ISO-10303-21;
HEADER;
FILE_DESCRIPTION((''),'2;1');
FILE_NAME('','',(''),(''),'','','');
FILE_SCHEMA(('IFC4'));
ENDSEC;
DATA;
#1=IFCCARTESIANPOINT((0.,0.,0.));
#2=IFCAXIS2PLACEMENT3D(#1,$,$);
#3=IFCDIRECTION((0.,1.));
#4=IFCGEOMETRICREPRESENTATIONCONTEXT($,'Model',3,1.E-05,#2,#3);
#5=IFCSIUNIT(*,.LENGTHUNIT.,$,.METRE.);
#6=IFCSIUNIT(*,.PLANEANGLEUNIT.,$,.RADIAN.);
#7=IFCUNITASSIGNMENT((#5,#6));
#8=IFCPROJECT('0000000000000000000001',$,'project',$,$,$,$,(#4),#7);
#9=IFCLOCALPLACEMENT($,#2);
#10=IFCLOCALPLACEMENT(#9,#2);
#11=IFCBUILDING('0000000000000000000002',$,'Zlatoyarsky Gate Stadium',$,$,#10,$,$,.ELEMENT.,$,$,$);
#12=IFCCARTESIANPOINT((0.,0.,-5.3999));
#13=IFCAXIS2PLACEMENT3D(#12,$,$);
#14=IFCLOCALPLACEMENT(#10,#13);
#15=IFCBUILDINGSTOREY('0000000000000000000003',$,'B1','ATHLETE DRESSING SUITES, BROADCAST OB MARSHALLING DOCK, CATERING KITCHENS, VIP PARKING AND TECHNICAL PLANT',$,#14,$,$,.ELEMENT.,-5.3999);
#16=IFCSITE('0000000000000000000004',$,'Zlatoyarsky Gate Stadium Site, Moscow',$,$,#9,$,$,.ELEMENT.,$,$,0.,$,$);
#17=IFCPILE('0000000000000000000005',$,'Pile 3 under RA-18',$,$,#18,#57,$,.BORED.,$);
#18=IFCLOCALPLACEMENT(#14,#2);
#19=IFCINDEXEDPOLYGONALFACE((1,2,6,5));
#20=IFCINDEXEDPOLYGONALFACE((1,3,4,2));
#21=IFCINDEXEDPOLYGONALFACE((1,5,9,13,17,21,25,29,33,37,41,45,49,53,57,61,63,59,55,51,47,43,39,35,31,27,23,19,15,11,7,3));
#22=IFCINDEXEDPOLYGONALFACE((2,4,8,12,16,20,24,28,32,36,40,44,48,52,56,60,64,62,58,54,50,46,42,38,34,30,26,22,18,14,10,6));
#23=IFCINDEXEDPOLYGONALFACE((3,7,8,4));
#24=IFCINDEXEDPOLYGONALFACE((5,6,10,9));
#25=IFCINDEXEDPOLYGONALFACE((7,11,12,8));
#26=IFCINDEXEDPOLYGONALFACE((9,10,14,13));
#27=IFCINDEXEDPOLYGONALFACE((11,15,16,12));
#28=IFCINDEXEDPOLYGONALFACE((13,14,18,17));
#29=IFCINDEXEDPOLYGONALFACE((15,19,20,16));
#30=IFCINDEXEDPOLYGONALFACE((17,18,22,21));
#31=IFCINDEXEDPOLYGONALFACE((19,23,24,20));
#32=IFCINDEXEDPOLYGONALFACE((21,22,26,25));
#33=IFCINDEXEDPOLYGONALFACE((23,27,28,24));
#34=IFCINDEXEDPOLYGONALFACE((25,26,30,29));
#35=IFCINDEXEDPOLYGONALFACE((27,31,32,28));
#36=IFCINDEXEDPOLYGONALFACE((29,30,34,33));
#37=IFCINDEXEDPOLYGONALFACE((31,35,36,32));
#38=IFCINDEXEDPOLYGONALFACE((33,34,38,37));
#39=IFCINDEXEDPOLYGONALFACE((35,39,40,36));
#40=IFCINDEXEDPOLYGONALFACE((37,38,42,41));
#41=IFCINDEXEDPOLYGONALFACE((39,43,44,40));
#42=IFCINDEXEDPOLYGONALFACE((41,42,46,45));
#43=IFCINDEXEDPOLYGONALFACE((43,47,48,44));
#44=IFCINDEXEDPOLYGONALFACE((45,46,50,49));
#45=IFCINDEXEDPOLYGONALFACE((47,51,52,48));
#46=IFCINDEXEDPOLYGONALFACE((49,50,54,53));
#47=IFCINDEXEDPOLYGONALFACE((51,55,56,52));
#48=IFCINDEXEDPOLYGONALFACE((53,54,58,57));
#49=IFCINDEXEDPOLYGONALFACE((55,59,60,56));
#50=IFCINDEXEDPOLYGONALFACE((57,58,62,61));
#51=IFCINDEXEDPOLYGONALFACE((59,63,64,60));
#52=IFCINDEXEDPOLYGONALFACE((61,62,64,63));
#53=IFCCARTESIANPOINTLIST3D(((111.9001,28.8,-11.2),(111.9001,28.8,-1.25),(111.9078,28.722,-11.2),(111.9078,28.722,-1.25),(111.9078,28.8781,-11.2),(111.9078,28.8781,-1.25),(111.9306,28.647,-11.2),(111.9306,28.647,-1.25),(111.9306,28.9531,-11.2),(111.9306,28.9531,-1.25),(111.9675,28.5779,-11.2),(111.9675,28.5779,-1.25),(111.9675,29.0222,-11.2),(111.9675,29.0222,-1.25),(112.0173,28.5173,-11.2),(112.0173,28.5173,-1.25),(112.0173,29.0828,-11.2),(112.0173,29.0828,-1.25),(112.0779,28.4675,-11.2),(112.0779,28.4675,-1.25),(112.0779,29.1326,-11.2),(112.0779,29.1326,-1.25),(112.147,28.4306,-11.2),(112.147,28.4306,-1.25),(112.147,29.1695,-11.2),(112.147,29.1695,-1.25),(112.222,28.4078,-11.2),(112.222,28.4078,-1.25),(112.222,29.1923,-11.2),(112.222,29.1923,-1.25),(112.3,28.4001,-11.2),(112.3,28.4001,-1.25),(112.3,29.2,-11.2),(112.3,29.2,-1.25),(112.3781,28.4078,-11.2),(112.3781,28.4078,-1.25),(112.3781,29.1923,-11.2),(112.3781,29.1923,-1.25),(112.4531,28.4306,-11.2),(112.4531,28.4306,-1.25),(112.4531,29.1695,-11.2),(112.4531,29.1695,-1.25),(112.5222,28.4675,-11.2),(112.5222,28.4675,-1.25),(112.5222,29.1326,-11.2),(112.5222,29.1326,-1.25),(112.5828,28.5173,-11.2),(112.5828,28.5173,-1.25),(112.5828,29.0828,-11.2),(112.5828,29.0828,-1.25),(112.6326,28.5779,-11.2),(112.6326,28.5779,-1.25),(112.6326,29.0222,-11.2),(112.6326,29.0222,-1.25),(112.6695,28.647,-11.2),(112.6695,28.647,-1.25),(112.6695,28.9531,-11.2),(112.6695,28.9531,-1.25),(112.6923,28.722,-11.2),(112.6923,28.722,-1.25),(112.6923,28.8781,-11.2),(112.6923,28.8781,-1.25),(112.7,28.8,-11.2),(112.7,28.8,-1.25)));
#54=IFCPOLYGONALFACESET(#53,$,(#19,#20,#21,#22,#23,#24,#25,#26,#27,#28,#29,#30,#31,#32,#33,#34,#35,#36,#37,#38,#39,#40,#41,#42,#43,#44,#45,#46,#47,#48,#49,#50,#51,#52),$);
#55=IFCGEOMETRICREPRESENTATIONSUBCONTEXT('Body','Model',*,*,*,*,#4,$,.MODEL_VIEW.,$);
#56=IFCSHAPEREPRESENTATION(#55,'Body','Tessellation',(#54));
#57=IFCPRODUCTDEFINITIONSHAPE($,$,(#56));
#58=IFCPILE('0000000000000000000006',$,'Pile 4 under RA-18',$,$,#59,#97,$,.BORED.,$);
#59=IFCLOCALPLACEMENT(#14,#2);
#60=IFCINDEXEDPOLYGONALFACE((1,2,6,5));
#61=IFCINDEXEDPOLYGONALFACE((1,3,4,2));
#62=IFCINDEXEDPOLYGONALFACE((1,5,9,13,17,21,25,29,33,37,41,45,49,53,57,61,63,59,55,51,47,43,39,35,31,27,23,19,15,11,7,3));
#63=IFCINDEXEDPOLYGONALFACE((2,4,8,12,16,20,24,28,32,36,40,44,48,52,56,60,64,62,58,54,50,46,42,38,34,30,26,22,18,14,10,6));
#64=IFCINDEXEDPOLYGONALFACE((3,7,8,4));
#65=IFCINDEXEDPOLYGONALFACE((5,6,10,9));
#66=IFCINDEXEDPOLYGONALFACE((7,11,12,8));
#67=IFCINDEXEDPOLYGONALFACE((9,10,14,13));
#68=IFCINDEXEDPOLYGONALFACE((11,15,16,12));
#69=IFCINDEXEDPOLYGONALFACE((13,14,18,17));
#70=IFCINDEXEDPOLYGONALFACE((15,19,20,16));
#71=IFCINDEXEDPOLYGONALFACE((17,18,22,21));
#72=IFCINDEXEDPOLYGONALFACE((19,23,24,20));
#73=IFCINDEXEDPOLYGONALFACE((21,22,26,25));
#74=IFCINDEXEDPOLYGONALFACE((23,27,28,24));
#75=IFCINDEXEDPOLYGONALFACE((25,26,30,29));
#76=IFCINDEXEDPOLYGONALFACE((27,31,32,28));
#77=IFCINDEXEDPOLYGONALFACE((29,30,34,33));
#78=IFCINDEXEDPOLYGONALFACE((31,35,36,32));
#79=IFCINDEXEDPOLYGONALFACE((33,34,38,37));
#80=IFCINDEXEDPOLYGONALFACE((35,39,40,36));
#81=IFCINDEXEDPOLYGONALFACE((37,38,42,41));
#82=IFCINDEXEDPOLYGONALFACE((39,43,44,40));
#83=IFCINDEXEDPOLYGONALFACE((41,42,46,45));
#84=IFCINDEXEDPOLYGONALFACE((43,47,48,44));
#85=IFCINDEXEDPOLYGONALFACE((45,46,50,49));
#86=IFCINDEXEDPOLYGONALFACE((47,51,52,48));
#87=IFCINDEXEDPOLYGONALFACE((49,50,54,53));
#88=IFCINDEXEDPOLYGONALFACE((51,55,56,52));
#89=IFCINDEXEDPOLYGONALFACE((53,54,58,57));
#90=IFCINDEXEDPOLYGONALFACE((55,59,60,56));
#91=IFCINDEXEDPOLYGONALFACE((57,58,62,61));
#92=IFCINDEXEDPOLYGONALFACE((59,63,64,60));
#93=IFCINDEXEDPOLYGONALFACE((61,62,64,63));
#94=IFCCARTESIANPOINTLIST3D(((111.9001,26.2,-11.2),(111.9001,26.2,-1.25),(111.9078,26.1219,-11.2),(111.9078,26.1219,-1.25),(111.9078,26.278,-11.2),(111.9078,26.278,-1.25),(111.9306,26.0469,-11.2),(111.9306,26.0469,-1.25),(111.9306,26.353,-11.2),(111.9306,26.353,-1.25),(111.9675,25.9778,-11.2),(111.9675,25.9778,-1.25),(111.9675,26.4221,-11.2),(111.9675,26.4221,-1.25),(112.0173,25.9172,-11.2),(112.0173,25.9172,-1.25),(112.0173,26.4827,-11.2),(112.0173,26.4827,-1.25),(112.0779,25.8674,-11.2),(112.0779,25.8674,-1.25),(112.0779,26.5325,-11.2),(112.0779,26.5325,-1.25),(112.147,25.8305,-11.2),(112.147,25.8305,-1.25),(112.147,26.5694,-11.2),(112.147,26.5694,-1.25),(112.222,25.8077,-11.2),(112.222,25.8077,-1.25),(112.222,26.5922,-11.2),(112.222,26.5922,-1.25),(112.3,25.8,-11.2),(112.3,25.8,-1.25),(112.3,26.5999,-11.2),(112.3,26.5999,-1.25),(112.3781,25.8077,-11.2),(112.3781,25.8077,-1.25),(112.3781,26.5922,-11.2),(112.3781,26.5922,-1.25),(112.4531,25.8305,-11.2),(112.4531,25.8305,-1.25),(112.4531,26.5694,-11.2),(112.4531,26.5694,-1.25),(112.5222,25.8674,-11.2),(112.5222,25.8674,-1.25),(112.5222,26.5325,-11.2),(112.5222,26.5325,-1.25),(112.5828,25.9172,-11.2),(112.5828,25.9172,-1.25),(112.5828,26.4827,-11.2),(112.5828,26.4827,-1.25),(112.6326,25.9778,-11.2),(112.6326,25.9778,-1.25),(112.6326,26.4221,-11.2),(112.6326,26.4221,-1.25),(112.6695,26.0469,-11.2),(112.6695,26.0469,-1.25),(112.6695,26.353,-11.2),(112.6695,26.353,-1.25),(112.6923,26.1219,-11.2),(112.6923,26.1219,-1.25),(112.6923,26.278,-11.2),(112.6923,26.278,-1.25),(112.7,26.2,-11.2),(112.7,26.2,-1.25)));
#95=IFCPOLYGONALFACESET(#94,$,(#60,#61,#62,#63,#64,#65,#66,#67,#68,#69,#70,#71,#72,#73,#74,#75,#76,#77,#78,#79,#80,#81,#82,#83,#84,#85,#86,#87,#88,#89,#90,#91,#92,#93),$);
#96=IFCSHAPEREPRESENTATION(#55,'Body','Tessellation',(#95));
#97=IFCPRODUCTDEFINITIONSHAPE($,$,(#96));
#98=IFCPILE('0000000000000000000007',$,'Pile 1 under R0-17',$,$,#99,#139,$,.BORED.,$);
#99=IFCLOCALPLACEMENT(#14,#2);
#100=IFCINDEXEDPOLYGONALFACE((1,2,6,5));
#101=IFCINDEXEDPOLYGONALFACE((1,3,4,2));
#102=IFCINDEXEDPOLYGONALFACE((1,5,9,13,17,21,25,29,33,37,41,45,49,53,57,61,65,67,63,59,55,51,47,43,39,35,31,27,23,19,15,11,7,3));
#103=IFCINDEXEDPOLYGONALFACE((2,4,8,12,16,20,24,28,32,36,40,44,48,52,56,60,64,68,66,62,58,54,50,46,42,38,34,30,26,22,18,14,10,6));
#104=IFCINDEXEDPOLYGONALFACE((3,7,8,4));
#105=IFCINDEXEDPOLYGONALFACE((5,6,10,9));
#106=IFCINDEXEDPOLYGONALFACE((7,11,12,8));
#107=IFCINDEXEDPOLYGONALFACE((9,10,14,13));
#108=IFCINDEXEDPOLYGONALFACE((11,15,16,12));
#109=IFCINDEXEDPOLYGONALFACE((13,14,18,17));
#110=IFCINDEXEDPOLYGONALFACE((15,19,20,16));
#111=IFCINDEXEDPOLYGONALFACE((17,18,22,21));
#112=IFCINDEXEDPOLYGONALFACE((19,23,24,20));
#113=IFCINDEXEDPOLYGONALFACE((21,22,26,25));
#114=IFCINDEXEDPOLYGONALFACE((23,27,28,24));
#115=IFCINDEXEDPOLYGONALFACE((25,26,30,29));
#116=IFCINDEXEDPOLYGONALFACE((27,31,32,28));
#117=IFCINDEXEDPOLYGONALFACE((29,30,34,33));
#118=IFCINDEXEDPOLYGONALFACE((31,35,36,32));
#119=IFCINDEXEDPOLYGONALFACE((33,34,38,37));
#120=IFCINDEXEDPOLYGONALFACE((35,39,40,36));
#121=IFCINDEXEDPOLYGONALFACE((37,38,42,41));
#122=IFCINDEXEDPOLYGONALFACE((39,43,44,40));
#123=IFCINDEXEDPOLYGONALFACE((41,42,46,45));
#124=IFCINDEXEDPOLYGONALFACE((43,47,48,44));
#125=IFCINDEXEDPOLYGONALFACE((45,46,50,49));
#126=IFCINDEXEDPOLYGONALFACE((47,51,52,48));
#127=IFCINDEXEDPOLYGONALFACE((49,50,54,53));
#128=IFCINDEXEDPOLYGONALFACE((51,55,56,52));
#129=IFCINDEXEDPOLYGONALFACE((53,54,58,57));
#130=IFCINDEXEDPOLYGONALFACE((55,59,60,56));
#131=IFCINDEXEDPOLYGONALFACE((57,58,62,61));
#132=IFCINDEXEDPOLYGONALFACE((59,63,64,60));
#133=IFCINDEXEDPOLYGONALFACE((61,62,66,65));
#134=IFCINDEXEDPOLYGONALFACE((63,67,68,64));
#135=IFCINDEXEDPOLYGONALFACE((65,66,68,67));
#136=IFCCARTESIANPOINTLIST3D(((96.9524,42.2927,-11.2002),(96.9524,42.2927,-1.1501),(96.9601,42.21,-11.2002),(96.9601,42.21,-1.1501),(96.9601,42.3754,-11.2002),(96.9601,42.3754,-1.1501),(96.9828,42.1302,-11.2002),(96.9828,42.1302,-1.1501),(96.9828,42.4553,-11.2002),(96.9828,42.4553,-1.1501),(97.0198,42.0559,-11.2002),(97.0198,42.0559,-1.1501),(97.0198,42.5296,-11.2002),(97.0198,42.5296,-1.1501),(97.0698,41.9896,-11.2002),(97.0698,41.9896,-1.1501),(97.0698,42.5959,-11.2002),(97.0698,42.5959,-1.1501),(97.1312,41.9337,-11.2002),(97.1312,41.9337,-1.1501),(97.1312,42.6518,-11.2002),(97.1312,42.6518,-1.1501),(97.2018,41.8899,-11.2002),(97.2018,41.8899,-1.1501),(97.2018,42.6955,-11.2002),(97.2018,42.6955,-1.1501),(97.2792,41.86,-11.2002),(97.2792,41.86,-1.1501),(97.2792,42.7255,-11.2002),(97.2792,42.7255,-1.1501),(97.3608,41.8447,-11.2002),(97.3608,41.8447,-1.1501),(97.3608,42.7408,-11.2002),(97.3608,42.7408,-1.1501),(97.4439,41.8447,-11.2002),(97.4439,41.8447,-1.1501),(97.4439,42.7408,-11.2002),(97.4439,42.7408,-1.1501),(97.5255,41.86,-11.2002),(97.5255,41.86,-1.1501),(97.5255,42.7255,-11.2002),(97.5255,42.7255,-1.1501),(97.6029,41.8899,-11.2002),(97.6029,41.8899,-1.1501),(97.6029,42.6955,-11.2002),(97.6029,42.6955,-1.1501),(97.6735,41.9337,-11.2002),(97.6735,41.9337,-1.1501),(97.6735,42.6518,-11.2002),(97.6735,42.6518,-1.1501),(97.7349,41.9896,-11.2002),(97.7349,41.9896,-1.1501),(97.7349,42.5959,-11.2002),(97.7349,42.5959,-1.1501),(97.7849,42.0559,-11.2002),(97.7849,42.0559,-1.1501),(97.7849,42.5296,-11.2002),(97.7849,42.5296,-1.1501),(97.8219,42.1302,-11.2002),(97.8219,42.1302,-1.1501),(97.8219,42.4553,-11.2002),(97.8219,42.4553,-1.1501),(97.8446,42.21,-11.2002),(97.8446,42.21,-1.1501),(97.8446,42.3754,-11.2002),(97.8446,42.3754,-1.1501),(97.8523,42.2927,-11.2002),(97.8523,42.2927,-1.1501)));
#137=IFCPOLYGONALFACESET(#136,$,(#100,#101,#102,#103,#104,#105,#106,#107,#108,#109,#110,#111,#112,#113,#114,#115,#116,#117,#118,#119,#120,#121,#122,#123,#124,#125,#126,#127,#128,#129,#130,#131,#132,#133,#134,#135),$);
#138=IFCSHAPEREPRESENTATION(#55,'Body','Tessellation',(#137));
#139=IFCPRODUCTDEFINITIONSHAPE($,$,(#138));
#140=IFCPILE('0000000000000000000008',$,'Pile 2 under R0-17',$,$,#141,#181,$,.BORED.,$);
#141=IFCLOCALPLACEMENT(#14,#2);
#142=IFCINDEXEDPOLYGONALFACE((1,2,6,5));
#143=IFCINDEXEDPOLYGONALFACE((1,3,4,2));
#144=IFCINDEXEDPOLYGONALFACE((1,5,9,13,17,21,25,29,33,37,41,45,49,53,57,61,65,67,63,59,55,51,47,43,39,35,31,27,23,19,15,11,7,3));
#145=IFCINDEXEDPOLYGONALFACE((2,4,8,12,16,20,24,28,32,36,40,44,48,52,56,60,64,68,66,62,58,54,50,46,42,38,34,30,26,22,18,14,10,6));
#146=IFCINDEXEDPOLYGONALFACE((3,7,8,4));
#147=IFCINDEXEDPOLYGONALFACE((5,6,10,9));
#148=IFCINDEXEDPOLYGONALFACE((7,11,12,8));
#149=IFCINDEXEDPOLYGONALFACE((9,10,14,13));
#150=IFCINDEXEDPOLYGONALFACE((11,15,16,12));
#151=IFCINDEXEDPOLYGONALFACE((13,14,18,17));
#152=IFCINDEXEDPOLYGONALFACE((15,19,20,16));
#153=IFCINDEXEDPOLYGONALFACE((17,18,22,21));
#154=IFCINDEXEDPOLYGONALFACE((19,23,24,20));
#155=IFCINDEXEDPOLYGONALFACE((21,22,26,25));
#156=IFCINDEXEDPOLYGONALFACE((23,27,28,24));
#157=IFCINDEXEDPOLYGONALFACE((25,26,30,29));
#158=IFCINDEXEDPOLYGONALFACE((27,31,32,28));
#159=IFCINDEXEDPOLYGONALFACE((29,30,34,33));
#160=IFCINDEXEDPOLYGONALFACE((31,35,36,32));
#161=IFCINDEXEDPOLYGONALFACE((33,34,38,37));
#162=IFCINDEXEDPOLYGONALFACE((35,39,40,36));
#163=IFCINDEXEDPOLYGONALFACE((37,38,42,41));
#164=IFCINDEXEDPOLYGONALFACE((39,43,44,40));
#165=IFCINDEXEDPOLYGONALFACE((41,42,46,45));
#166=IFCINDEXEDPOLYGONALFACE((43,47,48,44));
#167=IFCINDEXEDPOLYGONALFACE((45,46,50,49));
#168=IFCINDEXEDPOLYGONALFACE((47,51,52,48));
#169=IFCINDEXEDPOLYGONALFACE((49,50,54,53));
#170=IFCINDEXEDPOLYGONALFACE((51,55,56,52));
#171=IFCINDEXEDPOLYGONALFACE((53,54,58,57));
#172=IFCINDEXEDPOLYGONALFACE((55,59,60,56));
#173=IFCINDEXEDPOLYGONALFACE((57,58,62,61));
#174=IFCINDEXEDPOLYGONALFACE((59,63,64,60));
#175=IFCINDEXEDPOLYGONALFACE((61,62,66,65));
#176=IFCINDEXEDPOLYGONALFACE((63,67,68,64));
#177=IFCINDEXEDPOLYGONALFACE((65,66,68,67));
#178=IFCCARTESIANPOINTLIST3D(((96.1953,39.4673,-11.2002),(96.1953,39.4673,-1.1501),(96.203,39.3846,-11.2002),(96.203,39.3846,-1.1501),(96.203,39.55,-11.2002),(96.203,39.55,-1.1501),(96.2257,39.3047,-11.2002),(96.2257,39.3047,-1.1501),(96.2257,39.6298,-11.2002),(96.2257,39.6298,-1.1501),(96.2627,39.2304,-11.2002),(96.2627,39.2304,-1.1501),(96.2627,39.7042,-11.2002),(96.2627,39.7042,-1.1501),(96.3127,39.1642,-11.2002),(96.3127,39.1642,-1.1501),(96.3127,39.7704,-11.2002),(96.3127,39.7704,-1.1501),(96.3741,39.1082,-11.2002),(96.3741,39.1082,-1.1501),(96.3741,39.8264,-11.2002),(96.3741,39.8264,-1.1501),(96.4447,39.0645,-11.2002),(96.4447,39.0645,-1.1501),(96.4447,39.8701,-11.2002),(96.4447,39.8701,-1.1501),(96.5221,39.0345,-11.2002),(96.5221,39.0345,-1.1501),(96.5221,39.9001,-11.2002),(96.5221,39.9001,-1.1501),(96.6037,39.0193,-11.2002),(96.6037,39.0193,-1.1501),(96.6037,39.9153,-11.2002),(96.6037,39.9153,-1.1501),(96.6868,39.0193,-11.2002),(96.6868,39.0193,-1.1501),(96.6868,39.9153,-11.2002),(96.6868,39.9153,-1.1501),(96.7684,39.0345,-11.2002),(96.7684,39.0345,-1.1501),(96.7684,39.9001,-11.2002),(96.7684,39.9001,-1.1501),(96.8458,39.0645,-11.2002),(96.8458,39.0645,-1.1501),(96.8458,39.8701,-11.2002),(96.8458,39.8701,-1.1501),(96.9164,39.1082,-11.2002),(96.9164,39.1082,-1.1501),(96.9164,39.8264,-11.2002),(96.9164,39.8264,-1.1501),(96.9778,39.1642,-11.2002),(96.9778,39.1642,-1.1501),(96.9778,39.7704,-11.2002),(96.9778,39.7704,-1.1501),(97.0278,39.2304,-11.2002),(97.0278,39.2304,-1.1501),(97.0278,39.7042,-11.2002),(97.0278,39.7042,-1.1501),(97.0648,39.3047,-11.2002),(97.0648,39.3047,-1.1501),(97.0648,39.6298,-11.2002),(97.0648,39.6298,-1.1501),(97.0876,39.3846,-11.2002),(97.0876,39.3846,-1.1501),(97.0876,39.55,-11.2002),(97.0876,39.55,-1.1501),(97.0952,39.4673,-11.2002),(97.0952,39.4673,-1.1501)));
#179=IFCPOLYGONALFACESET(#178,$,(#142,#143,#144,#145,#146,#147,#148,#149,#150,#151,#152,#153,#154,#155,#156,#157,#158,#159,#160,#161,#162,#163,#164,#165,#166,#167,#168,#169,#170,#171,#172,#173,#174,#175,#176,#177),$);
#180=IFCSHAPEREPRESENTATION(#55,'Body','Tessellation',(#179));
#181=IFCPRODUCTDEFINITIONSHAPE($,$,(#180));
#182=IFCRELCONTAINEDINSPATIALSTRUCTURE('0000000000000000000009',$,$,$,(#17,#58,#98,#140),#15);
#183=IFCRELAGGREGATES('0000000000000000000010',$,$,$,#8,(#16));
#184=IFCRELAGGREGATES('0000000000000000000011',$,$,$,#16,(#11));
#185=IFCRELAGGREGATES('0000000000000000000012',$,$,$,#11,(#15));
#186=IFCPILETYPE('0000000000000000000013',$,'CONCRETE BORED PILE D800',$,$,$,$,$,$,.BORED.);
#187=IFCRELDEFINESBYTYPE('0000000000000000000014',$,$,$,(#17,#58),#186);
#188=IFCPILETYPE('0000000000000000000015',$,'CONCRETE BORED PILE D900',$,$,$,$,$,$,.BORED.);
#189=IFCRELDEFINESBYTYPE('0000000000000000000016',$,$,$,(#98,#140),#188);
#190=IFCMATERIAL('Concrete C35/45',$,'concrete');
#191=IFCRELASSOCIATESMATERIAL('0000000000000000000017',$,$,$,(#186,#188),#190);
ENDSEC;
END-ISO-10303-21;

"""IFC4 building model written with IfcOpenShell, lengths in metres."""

from ifc_helpers import new_model, si_unit, direction, frame, origin, origin_2d, place, context, subcontext, project, spatial, circle, extrude, material, material_profile, profile_set, type_object, element, save


model = new_model("IFC4")

# Units and contexts
model_context = context("Model", 3, precision=1e-05, world=origin(), true_north=direction((0.0, 1.0)))
body_context = subcontext(model_context, "Body", "Model", "MODEL_VIEW")
ifc_project = project(units=[si_unit("LENGTHUNIT", "METRE"), si_unit("PLANEANGLEUNIT", "RADIAN")], contexts=[model_context])

# Site, building, storey
site_placement = place(None, origin())
site = spatial("IfcSite", under=ifc_project, at=site_placement, Name="Zlatoyarsky Gate Stadium Site, Moscow", CompositionType="ELEMENT", RefElevation=0.0)
building_placement = place(site_placement, origin())
building = spatial("IfcBuilding", under=site, at=building_placement, Name="Zlatoyarsky Gate Stadium", CompositionType="ELEMENT")
storey_placement = place(building_placement, frame((0.0, 0.0, -5.3999)))
storey = spatial("IfcBuildingStorey", under=building, at=storey_placement, Name="B1", Description="ATHLETE DRESSING SUITES, BROADCAST OB MARSHALLING DOCK, CATERING KITCHENS, VIP PARKING AND TECHNICAL PLANT", CompositionType="ELEMENT", Elevation=-5.3999)

# Piles
ifc_material_1 = material(Name="Concrete C35/45", Category="concrete")
ifc_material_profile_1 = material_profile(ifc_material_1, circle(Radius=0.3999, at=origin_2d()), Name="BORED PILE D800")
ifc_profile_set_1 = profile_set([ifc_material_profile_1], Name="Concrete C35/45")
pile_type_1 = type_object("IfcPileType", Name="CONCRETE BORED PILE D800", PredefinedType="BORED", material=ifc_profile_set_1)
for number, where, z_axis, x_axis, name in (
    (1, (112.3, 28.8, -1.25), (0.0, 0.0, -1.0), (1.0, 0.0, 0.0), "Pile 3 under RA-18"),
    (2, (112.3, 26.2, -1.25), (0.0, 0.0, -1.0), (1.0, 0.0, 0.0), "Pile 4 under RA-18"),
):
    element("IfcPile", number, at=place(storey_placement, frame(where, z_axis=z_axis, x_axis=x_axis)), inside=storey, type_object=pile_type_1, Name=name, PredefinedType="BORED", context=body_context, shape_type="SweptSolid", body=[
        extrude(circle(Radius=0.3999, at=origin_2d()), origin(), (0.0, 0.0, 1.0), 9.95),
    ])
ifc_material_profile_2 = material_profile(ifc_material_1, circle(Radius=0.45, at=origin_2d()), Name="BORED PILE D900")
ifc_profile_set_2 = profile_set([ifc_material_profile_2], Name="Concrete C35/45")
pile_type_2 = type_object("IfcPileType", Name="CONCRETE BORED PILE D900", PredefinedType="BORED", material=ifc_profile_set_2)
for number, where, z_axis, x_axis, name in (
    (3, (97.4023, 42.2927, -1.1501), (0.0, 0.0, -1.0), (1.0, 0.0, 0.0), "Pile 1 under R0-17"),
    (4, (96.6453, 39.4673, -1.1501), (0.0, 0.0, -1.0), (1.0, 0.0, 0.0), "Pile 2 under R0-17"),
):
    element("IfcPile", number, at=place(storey_placement, frame(where, z_axis=z_axis, x_axis=x_axis)), inside=storey, type_object=pile_type_2, Name=name, PredefinedType="BORED", context=body_context, shape_type="SweptSolid", body=[
        extrude(circle(Radius=0.45, at=origin_2d()), origin(), (0.0, 0.0, 1.0), 10.05),
    ])

save(model, "model.ifc")
